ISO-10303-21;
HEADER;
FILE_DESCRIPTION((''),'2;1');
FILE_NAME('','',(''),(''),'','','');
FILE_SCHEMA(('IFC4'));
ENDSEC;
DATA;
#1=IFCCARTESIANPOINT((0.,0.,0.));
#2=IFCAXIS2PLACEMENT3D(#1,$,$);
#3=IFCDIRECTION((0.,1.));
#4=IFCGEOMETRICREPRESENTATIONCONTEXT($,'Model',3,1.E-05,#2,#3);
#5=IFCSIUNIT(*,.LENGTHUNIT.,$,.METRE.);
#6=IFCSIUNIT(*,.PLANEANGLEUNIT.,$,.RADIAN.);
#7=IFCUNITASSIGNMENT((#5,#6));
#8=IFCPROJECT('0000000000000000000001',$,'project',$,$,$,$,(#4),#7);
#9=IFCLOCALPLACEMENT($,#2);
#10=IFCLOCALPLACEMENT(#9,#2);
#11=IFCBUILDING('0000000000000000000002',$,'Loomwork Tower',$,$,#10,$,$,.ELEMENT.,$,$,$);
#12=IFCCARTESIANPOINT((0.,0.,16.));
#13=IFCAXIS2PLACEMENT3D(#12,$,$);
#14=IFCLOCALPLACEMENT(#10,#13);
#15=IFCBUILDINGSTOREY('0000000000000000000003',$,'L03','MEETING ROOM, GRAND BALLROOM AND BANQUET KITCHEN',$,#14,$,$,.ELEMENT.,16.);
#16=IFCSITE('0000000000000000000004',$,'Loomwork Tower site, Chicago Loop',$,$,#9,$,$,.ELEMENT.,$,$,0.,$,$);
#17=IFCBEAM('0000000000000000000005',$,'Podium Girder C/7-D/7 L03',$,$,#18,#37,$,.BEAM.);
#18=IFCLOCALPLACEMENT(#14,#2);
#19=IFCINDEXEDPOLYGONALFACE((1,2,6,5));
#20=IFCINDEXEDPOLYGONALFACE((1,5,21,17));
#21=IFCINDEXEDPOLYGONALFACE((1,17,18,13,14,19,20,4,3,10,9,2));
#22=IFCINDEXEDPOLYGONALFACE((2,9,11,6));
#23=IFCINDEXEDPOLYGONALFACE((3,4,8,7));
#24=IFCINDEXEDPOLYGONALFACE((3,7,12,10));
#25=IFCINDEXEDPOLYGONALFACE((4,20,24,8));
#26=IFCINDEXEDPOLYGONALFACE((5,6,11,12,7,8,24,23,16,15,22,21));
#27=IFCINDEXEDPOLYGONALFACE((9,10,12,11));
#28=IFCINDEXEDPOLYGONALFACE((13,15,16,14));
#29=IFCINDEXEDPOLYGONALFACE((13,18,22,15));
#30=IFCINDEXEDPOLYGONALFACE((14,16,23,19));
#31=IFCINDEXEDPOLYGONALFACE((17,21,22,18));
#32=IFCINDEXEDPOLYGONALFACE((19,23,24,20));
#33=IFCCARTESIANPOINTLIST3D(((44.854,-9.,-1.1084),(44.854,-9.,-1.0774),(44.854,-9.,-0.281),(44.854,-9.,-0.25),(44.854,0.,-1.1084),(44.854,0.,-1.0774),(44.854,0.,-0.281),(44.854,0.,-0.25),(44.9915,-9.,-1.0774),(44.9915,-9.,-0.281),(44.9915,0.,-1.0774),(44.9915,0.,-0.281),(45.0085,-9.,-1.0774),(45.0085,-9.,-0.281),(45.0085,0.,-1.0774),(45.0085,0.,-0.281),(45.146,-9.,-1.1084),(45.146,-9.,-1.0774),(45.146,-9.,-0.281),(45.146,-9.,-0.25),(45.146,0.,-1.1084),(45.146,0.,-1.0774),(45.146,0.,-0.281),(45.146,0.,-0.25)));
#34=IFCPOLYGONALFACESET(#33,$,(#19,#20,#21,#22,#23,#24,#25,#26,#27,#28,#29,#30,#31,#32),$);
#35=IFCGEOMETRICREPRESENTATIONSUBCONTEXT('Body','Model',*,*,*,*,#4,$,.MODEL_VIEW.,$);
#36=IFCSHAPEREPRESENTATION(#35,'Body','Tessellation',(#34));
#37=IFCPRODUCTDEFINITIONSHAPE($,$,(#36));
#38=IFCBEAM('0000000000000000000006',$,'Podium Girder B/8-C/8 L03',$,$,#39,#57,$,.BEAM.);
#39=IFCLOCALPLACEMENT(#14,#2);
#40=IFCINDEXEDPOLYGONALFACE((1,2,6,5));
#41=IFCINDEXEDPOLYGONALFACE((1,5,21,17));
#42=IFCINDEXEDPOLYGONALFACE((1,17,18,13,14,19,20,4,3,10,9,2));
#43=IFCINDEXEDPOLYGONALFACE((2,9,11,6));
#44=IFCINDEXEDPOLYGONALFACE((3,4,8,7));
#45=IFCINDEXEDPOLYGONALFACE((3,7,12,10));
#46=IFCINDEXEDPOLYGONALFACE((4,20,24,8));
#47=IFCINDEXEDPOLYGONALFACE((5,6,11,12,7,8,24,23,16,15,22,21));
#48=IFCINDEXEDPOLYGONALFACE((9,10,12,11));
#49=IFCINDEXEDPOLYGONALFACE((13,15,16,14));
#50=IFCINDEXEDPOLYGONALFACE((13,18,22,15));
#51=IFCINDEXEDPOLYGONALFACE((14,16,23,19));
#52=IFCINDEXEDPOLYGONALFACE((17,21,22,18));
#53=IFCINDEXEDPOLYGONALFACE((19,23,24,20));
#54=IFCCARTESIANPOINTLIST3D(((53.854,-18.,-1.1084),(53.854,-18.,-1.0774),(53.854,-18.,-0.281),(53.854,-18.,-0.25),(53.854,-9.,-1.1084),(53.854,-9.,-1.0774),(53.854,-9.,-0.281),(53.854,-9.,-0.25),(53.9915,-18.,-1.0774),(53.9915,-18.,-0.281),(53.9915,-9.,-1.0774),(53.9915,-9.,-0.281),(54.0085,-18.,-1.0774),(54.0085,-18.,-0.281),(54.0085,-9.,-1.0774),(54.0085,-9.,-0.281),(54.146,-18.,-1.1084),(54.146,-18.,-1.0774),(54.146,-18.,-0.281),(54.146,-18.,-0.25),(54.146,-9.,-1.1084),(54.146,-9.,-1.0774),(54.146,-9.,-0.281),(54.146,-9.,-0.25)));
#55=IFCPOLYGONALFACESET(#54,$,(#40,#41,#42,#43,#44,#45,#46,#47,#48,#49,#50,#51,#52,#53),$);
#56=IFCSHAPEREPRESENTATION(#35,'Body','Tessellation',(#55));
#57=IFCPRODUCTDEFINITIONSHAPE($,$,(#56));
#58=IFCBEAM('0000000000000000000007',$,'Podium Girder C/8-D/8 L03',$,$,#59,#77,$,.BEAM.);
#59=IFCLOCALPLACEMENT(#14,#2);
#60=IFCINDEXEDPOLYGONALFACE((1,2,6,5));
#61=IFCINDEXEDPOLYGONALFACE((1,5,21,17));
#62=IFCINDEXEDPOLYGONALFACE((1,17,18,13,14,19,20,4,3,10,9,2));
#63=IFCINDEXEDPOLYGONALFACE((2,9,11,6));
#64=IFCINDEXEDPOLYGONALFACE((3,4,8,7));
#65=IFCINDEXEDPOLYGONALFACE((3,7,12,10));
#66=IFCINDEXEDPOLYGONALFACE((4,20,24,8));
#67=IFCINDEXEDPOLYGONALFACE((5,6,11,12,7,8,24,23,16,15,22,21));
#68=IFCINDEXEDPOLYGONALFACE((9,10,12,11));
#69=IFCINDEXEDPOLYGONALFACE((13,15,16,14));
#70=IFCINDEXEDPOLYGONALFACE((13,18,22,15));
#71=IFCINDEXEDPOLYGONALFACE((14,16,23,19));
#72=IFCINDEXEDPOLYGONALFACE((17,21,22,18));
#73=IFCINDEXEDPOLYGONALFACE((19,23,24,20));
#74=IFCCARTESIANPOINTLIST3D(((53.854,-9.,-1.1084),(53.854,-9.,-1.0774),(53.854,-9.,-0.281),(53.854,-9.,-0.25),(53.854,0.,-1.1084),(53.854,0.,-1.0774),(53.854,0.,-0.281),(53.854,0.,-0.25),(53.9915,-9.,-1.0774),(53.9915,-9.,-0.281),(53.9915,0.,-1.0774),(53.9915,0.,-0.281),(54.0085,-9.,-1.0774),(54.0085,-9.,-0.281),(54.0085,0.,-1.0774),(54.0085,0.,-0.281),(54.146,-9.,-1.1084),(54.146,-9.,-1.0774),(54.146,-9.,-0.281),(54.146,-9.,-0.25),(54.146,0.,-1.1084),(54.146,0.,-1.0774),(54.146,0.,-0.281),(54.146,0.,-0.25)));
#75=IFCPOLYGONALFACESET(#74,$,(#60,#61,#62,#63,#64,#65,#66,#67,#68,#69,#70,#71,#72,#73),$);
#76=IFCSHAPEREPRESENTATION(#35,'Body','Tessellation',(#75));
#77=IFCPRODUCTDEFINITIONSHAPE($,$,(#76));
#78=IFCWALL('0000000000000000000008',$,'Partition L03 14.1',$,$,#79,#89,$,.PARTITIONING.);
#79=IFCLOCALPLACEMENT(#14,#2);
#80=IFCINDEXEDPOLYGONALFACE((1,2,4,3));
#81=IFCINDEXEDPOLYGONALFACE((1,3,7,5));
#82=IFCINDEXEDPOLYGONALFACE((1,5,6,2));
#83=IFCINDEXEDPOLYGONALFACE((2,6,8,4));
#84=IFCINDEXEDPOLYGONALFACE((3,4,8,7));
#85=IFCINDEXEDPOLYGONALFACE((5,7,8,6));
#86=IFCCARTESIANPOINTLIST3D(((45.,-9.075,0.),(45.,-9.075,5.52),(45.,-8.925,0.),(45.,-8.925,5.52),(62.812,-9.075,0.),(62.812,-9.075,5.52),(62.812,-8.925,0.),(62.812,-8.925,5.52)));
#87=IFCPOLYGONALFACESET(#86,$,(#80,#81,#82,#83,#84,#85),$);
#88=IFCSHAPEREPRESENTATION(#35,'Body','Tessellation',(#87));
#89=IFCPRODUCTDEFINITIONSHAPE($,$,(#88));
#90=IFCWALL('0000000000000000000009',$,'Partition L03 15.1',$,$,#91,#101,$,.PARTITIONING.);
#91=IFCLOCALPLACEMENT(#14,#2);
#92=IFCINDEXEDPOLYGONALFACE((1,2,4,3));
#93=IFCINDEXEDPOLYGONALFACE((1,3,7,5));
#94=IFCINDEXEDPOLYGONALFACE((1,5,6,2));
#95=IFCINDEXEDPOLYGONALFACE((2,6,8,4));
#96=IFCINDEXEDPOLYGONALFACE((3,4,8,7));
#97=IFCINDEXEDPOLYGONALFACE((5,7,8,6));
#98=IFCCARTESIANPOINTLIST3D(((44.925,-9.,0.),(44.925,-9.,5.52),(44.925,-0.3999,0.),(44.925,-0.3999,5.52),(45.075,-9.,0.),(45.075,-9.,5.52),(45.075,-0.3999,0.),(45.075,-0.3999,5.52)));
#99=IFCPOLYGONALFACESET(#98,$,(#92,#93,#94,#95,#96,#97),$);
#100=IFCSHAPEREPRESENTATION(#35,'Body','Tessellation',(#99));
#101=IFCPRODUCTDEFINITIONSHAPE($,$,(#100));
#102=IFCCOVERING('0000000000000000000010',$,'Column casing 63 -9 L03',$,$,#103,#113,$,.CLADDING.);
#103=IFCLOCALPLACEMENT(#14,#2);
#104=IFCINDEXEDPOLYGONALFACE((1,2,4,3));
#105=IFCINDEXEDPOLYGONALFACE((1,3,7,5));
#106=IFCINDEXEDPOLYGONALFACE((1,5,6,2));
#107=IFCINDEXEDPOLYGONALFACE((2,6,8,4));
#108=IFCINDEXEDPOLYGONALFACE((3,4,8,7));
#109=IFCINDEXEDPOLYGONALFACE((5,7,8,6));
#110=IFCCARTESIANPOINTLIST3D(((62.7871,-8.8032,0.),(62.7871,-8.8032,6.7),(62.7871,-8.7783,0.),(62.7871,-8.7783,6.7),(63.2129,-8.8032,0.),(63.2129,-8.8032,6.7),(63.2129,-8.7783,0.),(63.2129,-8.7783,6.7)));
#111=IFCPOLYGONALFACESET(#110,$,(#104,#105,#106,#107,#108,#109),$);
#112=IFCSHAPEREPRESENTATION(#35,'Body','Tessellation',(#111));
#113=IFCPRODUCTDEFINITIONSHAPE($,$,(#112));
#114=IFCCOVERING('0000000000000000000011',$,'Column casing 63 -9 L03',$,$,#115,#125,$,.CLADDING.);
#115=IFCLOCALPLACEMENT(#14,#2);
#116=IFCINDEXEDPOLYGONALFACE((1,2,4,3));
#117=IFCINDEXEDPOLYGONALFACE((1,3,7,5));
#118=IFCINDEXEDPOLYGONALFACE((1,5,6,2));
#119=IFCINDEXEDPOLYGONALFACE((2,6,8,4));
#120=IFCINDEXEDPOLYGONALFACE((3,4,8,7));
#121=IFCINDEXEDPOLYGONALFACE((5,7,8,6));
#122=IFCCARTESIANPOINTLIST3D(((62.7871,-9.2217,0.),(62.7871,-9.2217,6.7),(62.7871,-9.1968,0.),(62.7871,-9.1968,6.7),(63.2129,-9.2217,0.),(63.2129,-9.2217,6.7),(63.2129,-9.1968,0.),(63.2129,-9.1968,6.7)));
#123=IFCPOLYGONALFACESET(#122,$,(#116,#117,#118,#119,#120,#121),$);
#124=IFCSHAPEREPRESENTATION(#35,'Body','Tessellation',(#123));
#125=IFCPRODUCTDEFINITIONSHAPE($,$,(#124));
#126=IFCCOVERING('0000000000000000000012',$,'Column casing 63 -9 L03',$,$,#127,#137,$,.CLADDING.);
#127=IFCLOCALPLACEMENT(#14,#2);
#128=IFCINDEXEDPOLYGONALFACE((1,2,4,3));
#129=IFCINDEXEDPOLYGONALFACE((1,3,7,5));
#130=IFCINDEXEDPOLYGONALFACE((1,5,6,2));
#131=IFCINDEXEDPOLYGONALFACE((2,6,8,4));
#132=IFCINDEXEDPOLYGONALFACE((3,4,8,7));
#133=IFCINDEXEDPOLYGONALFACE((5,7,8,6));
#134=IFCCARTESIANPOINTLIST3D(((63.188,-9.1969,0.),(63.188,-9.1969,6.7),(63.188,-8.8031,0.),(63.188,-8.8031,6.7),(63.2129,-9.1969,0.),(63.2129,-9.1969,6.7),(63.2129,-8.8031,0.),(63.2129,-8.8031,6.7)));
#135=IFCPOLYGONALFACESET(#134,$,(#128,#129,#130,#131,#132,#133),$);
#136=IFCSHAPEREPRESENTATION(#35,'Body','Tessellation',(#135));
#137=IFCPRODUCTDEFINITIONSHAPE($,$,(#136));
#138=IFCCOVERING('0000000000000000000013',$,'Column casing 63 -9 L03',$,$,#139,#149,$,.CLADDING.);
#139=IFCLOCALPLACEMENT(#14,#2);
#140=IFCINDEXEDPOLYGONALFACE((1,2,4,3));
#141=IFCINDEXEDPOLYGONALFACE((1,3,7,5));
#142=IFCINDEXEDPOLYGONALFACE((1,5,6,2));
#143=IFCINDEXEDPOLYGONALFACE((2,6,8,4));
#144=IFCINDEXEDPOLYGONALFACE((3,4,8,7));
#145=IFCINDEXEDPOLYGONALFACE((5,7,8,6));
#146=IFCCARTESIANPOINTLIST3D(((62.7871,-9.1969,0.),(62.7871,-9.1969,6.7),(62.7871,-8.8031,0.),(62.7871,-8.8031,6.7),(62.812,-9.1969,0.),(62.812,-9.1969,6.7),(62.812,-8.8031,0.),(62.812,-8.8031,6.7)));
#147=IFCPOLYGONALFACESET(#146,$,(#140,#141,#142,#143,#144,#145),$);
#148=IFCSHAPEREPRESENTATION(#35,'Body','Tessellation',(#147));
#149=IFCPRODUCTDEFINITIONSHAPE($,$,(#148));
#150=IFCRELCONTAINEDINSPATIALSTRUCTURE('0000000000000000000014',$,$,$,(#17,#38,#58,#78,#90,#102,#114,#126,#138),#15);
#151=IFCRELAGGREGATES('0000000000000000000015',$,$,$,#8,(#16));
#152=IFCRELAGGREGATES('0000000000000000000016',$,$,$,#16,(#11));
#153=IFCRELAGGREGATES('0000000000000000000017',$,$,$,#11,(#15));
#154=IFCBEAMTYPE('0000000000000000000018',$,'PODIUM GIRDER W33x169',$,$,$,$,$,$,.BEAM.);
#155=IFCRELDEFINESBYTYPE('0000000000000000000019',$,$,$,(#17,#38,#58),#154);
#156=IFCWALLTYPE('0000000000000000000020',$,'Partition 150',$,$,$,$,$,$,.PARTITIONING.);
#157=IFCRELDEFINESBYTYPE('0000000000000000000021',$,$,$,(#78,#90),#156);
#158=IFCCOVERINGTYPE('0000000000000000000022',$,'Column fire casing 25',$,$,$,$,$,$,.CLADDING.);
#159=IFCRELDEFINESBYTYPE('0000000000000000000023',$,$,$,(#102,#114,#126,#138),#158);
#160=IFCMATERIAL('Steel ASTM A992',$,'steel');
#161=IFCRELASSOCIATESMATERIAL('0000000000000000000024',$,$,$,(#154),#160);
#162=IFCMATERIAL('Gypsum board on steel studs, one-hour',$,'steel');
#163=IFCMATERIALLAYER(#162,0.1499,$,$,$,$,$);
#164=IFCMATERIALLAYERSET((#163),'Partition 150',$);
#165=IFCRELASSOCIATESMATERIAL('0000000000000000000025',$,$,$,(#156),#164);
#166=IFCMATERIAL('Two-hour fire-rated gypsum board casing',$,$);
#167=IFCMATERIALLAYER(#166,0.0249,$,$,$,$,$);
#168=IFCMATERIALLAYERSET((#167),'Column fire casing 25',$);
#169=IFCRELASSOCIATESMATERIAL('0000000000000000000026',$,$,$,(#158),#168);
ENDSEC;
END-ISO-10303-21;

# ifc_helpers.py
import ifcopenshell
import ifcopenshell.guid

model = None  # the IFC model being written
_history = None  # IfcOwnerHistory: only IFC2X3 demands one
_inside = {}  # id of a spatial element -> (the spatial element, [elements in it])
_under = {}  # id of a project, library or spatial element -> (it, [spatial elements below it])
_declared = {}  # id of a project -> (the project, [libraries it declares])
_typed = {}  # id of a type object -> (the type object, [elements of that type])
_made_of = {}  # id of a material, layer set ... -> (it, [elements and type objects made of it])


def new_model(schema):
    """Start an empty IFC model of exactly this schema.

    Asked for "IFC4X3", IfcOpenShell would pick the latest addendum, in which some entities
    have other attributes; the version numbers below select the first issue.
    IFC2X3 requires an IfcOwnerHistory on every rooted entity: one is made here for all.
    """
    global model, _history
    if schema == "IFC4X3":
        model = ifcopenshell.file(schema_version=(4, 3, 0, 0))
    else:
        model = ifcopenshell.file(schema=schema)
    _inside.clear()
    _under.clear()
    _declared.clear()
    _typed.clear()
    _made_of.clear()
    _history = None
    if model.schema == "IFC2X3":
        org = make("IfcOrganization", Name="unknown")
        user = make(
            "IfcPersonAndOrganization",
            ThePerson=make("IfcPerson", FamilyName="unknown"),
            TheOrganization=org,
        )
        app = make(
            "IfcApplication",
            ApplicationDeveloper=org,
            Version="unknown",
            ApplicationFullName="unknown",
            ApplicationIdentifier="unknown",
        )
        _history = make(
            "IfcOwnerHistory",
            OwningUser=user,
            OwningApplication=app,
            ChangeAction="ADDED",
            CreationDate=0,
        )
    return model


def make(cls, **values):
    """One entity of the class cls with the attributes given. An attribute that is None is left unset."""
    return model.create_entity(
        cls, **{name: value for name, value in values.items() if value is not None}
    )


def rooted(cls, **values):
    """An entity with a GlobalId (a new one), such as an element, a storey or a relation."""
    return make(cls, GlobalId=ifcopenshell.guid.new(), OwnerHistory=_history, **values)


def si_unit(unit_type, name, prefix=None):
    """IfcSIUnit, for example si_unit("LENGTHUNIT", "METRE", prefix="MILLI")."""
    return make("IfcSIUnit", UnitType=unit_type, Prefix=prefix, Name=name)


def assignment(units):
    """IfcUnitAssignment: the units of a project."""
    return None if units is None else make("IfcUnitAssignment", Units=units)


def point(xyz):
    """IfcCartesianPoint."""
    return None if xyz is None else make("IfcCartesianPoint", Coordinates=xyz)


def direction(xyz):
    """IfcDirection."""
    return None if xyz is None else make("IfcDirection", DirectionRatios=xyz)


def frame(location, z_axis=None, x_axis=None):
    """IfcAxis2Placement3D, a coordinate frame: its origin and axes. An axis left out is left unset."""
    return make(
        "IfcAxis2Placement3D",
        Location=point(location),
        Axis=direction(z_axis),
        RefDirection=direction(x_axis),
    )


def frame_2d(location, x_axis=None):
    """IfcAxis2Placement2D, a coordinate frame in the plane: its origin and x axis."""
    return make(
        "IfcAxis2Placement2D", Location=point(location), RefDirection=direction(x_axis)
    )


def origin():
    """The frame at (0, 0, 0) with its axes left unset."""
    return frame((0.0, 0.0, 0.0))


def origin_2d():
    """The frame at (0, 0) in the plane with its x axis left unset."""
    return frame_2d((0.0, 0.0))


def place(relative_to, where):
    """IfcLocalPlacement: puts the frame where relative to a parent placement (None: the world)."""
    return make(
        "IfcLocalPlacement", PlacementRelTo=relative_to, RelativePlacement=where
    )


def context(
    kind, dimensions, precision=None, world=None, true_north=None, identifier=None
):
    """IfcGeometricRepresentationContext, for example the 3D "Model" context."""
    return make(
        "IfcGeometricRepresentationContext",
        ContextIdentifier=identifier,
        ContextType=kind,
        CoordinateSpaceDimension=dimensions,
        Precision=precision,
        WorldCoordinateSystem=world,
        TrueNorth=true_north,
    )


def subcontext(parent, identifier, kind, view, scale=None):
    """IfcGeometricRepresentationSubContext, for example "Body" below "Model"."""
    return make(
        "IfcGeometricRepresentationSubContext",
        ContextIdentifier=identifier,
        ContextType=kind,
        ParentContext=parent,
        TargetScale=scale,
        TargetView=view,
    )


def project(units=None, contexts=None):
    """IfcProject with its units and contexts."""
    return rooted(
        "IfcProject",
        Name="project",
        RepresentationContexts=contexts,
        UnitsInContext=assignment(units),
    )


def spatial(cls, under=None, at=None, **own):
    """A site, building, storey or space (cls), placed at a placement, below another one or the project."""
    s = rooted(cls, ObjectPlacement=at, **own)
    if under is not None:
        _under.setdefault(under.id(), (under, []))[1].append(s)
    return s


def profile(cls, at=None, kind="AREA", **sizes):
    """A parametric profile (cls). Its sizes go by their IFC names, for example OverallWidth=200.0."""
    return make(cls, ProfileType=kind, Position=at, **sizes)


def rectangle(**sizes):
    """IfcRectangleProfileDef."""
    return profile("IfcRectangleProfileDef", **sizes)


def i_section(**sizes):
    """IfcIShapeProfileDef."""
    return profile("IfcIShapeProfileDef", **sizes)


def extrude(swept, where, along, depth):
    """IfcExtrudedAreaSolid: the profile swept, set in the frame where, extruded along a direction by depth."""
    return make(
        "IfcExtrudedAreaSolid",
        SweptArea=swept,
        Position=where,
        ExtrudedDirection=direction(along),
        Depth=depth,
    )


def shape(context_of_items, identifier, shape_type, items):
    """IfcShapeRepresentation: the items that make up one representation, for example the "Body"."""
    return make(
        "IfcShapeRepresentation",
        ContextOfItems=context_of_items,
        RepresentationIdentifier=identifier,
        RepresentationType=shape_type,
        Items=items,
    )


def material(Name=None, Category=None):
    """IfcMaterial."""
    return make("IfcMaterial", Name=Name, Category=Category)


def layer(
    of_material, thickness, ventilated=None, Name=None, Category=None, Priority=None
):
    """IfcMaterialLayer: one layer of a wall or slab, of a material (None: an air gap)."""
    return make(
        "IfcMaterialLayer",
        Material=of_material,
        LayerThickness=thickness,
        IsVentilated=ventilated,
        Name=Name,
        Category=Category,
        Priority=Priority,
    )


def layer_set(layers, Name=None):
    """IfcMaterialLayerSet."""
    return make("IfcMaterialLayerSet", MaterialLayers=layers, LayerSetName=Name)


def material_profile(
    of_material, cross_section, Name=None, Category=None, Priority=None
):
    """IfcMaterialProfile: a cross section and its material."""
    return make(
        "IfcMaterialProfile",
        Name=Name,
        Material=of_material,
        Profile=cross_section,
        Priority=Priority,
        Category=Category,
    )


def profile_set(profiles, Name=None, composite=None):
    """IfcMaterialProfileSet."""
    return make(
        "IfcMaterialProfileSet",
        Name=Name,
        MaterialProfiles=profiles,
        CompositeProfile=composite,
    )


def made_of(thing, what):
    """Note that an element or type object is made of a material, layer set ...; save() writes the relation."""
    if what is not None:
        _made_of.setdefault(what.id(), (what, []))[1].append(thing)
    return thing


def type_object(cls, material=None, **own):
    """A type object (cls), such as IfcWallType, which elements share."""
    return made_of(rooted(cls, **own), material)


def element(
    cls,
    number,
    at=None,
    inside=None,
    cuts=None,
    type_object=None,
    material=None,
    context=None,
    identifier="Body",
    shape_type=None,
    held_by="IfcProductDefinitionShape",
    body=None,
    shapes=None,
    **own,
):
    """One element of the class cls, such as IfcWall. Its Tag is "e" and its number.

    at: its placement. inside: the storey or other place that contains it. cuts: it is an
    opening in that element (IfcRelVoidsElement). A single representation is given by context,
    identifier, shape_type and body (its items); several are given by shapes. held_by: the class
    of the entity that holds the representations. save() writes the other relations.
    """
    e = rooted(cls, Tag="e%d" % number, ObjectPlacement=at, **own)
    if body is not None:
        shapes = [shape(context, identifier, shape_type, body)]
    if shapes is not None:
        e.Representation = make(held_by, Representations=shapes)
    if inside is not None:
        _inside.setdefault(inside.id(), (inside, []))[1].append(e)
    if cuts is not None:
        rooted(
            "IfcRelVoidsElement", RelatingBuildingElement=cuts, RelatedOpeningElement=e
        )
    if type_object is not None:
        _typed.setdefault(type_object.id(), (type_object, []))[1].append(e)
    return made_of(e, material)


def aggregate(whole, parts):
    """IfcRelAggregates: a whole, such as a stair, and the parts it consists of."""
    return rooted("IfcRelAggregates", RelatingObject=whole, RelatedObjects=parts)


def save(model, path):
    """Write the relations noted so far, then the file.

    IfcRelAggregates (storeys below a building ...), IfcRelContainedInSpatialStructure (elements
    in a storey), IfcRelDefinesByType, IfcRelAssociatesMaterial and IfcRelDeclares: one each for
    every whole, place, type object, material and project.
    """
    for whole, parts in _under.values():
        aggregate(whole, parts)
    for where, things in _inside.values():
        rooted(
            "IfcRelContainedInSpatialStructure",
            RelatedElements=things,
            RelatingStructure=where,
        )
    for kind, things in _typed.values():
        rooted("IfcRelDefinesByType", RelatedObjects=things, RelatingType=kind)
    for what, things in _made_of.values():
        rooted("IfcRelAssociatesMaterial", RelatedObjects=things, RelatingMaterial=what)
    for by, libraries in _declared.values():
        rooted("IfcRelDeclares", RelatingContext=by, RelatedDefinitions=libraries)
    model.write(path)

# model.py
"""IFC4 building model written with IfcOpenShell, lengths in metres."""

from ifc_helpers import new_model, si_unit, direction, frame, frame_2d, origin, origin_2d, place, context, subcontext, project, spatial, rectangle, i_section, extrude, material, layer, layer_set, material_profile, profile_set, type_object, element, save


model = new_model("IFC4")

# Units and contexts
model_context = context("Model", 3, precision=1e-05, world=origin(), true_north=direction((0.0, 1.0)))
body_context = subcontext(model_context, "Body", "Model", "MODEL_VIEW")
ifc_project = project(units=[si_unit("LENGTHUNIT", "METRE"), si_unit("PLANEANGLEUNIT", "RADIAN")], contexts=[model_context])

# Site, building, storey
site_placement = place(None, origin())
site = spatial("IfcSite", under=ifc_project, at=site_placement, Name="Loomwork Tower site, Chicago Loop", CompositionType="ELEMENT", RefElevation=0.0)
building_placement = place(site_placement, origin())
building = spatial("IfcBuilding", under=site, at=building_placement, Name="Loomwork Tower", CompositionType="ELEMENT")
storey_placement = place(building_placement, frame((0.0, 0.0, 16.0)))
storey = spatial("IfcBuildingStorey", under=building, at=storey_placement, Name="L03", Description="MEETING ROOM, GRAND BALLROOM AND BANQUET KITCHEN", CompositionType="ELEMENT", Elevation=16.0)

# Beams
ifc_material_1 = material(Name="Steel ASTM A992", Category="steel")
ifc_material_profile_1 = material_profile(ifc_material_1, i_section(OverallWidth=0.292, OverallDepth=0.8584, WebThickness=0.0171, FlangeThickness=0.031, at=origin_2d()), Name="W33x169")
ifc_profile_set_1 = profile_set([ifc_material_profile_1], Name="Steel ASTM A992")
beam_type_1 = type_object("IfcBeamType", Name="PODIUM GIRDER W33x169", PredefinedType="BEAM", material=ifc_profile_set_1)
for number, where, z_axis, x_axis, name in (
    (1, (45.0, -9.0, -0.6792), (0.0, 1.0, 0.0), (-1.0, 0.0, 0.0), "Podium Girder C/7-D/7 L03"),
    (2, (54.0, -18.0, -0.6792), (0.0, 1.0, 0.0), (-1.0, 0.0, 0.0), "Podium Girder B/8-C/8 L03"),
    (3, (54.0, -9.0, -0.6792), (0.0, 1.0, 0.0), (-1.0, 0.0, 0.0), "Podium Girder C/8-D/8 L03"),
):
    element("IfcBeam", number, at=place(storey_placement, frame(where, z_axis=z_axis, x_axis=x_axis)), inside=storey, type_object=beam_type_1, Name=name, PredefinedType="BEAM", context=body_context, shape_type="SweptSolid", body=[
        extrude(i_section(OverallWidth=0.292, OverallDepth=0.8584, WebThickness=0.0171, FlangeThickness=0.031, at=origin_2d()), origin(), (0.0, 0.0, 1.0), 9.0),
    ])

# Walls
ifc_material_2 = material(Name="Gypsum board on steel studs, one-hour", Category="steel")
ifc_layer_1 = layer(ifc_material_2, 0.1499)
ifc_layer_set_1 = layer_set([ifc_layer_1], Name="Partition 150")
wall_type = type_object("IfcWallType", Name="Partition 150", PredefinedType="PARTITIONING", material=ifc_layer_set_1)
wall_1_placement = place(storey_placement, frame((45.0, -9.0, 0.0), z_axis=(0.0, 0.0, 1.0), x_axis=(1.0, 0.0, 0.0)))
element("IfcWall", 4, at=wall_1_placement, inside=storey, type_object=wall_type, Name="Partition L03 14.1", PredefinedType="PARTITIONING", context=body_context, shape_type="SweptSolid", body=[
    extrude(rectangle(XDim=17.812, YDim=0.1499, at=frame_2d((8.906, 0.0))), origin(), (0.0, 0.0, 1.0), 5.52),
])
wall_2_placement = place(storey_placement, frame((45.0, -9.0, 0.0), z_axis=(0.0, 0.0, 1.0), x_axis=(0.0, 1.0, 0.0)))
element("IfcWall", 5, at=wall_2_placement, inside=storey, type_object=wall_type, Name="Partition L03 15.1", PredefinedType="PARTITIONING", context=body_context, shape_type="SweptSolid", body=[
    extrude(rectangle(XDim=8.6001, YDim=0.1499, at=frame_2d((4.3, 0.0))), origin(), (0.0, 0.0, 1.0), 5.52),
])

# Coverings
ifc_material_3 = material(Name="Two-hour fire-rated gypsum board casing")
ifc_layer_2 = layer(ifc_material_3, 0.0249)
ifc_layer_set_2 = layer_set([ifc_layer_2], Name="Column fire casing 25")
covering_type = type_object("IfcCoveringType", Name="Column fire casing 25", PredefinedType="CLADDING", material=ifc_layer_set_2)
for number, where, z_axis, x_axis, name in (
    (6, (63.0, -8.7908, 0.0), (0.0, 0.0, 1.0), (1.0, 0.0, 0.0), "Column casing 63 -9 L03"),
    (7, (63.0, -9.2092, 0.0), (0.0, 0.0, 1.0), (1.0, 0.0, 0.0), "Column casing 63 -9 L03"),
):
    element("IfcCovering", number, at=place(storey_placement, frame(where, z_axis=z_axis, x_axis=x_axis)), inside=storey, type_object=covering_type, Name=name, PredefinedType="CLADDING", context=body_context, shape_type="SweptSolid", body=[
        extrude(rectangle(XDim=0.4258, YDim=0.0249, at=origin_2d()), origin(), (0.0, 0.0, 1.0), 6.7),
    ])
for number, where, z_axis, x_axis, name in (
    (8, (63.2004, -9.0, 0.0), (0.0, 0.0, 1.0), (1.0, 0.0, 0.0), "Column casing 63 -9 L03"),
    (9, (62.7996, -9.0, 0.0), (0.0, 0.0, 1.0), (1.0, 0.0, 0.0), "Column casing 63 -9 L03"),
):
    element("IfcCovering", number, at=place(storey_placement, frame(where, z_axis=z_axis, x_axis=x_axis)), inside=storey, type_object=covering_type, Name=name, PredefinedType="CLADDING", context=body_context, shape_type="SweptSolid", body=[
        extrude(rectangle(XDim=0.0249, YDim=0.3938, at=origin_2d()), origin(), (0.0, 0.0, 1.0), 6.7),
    ])

save(model, "model.ifc")
